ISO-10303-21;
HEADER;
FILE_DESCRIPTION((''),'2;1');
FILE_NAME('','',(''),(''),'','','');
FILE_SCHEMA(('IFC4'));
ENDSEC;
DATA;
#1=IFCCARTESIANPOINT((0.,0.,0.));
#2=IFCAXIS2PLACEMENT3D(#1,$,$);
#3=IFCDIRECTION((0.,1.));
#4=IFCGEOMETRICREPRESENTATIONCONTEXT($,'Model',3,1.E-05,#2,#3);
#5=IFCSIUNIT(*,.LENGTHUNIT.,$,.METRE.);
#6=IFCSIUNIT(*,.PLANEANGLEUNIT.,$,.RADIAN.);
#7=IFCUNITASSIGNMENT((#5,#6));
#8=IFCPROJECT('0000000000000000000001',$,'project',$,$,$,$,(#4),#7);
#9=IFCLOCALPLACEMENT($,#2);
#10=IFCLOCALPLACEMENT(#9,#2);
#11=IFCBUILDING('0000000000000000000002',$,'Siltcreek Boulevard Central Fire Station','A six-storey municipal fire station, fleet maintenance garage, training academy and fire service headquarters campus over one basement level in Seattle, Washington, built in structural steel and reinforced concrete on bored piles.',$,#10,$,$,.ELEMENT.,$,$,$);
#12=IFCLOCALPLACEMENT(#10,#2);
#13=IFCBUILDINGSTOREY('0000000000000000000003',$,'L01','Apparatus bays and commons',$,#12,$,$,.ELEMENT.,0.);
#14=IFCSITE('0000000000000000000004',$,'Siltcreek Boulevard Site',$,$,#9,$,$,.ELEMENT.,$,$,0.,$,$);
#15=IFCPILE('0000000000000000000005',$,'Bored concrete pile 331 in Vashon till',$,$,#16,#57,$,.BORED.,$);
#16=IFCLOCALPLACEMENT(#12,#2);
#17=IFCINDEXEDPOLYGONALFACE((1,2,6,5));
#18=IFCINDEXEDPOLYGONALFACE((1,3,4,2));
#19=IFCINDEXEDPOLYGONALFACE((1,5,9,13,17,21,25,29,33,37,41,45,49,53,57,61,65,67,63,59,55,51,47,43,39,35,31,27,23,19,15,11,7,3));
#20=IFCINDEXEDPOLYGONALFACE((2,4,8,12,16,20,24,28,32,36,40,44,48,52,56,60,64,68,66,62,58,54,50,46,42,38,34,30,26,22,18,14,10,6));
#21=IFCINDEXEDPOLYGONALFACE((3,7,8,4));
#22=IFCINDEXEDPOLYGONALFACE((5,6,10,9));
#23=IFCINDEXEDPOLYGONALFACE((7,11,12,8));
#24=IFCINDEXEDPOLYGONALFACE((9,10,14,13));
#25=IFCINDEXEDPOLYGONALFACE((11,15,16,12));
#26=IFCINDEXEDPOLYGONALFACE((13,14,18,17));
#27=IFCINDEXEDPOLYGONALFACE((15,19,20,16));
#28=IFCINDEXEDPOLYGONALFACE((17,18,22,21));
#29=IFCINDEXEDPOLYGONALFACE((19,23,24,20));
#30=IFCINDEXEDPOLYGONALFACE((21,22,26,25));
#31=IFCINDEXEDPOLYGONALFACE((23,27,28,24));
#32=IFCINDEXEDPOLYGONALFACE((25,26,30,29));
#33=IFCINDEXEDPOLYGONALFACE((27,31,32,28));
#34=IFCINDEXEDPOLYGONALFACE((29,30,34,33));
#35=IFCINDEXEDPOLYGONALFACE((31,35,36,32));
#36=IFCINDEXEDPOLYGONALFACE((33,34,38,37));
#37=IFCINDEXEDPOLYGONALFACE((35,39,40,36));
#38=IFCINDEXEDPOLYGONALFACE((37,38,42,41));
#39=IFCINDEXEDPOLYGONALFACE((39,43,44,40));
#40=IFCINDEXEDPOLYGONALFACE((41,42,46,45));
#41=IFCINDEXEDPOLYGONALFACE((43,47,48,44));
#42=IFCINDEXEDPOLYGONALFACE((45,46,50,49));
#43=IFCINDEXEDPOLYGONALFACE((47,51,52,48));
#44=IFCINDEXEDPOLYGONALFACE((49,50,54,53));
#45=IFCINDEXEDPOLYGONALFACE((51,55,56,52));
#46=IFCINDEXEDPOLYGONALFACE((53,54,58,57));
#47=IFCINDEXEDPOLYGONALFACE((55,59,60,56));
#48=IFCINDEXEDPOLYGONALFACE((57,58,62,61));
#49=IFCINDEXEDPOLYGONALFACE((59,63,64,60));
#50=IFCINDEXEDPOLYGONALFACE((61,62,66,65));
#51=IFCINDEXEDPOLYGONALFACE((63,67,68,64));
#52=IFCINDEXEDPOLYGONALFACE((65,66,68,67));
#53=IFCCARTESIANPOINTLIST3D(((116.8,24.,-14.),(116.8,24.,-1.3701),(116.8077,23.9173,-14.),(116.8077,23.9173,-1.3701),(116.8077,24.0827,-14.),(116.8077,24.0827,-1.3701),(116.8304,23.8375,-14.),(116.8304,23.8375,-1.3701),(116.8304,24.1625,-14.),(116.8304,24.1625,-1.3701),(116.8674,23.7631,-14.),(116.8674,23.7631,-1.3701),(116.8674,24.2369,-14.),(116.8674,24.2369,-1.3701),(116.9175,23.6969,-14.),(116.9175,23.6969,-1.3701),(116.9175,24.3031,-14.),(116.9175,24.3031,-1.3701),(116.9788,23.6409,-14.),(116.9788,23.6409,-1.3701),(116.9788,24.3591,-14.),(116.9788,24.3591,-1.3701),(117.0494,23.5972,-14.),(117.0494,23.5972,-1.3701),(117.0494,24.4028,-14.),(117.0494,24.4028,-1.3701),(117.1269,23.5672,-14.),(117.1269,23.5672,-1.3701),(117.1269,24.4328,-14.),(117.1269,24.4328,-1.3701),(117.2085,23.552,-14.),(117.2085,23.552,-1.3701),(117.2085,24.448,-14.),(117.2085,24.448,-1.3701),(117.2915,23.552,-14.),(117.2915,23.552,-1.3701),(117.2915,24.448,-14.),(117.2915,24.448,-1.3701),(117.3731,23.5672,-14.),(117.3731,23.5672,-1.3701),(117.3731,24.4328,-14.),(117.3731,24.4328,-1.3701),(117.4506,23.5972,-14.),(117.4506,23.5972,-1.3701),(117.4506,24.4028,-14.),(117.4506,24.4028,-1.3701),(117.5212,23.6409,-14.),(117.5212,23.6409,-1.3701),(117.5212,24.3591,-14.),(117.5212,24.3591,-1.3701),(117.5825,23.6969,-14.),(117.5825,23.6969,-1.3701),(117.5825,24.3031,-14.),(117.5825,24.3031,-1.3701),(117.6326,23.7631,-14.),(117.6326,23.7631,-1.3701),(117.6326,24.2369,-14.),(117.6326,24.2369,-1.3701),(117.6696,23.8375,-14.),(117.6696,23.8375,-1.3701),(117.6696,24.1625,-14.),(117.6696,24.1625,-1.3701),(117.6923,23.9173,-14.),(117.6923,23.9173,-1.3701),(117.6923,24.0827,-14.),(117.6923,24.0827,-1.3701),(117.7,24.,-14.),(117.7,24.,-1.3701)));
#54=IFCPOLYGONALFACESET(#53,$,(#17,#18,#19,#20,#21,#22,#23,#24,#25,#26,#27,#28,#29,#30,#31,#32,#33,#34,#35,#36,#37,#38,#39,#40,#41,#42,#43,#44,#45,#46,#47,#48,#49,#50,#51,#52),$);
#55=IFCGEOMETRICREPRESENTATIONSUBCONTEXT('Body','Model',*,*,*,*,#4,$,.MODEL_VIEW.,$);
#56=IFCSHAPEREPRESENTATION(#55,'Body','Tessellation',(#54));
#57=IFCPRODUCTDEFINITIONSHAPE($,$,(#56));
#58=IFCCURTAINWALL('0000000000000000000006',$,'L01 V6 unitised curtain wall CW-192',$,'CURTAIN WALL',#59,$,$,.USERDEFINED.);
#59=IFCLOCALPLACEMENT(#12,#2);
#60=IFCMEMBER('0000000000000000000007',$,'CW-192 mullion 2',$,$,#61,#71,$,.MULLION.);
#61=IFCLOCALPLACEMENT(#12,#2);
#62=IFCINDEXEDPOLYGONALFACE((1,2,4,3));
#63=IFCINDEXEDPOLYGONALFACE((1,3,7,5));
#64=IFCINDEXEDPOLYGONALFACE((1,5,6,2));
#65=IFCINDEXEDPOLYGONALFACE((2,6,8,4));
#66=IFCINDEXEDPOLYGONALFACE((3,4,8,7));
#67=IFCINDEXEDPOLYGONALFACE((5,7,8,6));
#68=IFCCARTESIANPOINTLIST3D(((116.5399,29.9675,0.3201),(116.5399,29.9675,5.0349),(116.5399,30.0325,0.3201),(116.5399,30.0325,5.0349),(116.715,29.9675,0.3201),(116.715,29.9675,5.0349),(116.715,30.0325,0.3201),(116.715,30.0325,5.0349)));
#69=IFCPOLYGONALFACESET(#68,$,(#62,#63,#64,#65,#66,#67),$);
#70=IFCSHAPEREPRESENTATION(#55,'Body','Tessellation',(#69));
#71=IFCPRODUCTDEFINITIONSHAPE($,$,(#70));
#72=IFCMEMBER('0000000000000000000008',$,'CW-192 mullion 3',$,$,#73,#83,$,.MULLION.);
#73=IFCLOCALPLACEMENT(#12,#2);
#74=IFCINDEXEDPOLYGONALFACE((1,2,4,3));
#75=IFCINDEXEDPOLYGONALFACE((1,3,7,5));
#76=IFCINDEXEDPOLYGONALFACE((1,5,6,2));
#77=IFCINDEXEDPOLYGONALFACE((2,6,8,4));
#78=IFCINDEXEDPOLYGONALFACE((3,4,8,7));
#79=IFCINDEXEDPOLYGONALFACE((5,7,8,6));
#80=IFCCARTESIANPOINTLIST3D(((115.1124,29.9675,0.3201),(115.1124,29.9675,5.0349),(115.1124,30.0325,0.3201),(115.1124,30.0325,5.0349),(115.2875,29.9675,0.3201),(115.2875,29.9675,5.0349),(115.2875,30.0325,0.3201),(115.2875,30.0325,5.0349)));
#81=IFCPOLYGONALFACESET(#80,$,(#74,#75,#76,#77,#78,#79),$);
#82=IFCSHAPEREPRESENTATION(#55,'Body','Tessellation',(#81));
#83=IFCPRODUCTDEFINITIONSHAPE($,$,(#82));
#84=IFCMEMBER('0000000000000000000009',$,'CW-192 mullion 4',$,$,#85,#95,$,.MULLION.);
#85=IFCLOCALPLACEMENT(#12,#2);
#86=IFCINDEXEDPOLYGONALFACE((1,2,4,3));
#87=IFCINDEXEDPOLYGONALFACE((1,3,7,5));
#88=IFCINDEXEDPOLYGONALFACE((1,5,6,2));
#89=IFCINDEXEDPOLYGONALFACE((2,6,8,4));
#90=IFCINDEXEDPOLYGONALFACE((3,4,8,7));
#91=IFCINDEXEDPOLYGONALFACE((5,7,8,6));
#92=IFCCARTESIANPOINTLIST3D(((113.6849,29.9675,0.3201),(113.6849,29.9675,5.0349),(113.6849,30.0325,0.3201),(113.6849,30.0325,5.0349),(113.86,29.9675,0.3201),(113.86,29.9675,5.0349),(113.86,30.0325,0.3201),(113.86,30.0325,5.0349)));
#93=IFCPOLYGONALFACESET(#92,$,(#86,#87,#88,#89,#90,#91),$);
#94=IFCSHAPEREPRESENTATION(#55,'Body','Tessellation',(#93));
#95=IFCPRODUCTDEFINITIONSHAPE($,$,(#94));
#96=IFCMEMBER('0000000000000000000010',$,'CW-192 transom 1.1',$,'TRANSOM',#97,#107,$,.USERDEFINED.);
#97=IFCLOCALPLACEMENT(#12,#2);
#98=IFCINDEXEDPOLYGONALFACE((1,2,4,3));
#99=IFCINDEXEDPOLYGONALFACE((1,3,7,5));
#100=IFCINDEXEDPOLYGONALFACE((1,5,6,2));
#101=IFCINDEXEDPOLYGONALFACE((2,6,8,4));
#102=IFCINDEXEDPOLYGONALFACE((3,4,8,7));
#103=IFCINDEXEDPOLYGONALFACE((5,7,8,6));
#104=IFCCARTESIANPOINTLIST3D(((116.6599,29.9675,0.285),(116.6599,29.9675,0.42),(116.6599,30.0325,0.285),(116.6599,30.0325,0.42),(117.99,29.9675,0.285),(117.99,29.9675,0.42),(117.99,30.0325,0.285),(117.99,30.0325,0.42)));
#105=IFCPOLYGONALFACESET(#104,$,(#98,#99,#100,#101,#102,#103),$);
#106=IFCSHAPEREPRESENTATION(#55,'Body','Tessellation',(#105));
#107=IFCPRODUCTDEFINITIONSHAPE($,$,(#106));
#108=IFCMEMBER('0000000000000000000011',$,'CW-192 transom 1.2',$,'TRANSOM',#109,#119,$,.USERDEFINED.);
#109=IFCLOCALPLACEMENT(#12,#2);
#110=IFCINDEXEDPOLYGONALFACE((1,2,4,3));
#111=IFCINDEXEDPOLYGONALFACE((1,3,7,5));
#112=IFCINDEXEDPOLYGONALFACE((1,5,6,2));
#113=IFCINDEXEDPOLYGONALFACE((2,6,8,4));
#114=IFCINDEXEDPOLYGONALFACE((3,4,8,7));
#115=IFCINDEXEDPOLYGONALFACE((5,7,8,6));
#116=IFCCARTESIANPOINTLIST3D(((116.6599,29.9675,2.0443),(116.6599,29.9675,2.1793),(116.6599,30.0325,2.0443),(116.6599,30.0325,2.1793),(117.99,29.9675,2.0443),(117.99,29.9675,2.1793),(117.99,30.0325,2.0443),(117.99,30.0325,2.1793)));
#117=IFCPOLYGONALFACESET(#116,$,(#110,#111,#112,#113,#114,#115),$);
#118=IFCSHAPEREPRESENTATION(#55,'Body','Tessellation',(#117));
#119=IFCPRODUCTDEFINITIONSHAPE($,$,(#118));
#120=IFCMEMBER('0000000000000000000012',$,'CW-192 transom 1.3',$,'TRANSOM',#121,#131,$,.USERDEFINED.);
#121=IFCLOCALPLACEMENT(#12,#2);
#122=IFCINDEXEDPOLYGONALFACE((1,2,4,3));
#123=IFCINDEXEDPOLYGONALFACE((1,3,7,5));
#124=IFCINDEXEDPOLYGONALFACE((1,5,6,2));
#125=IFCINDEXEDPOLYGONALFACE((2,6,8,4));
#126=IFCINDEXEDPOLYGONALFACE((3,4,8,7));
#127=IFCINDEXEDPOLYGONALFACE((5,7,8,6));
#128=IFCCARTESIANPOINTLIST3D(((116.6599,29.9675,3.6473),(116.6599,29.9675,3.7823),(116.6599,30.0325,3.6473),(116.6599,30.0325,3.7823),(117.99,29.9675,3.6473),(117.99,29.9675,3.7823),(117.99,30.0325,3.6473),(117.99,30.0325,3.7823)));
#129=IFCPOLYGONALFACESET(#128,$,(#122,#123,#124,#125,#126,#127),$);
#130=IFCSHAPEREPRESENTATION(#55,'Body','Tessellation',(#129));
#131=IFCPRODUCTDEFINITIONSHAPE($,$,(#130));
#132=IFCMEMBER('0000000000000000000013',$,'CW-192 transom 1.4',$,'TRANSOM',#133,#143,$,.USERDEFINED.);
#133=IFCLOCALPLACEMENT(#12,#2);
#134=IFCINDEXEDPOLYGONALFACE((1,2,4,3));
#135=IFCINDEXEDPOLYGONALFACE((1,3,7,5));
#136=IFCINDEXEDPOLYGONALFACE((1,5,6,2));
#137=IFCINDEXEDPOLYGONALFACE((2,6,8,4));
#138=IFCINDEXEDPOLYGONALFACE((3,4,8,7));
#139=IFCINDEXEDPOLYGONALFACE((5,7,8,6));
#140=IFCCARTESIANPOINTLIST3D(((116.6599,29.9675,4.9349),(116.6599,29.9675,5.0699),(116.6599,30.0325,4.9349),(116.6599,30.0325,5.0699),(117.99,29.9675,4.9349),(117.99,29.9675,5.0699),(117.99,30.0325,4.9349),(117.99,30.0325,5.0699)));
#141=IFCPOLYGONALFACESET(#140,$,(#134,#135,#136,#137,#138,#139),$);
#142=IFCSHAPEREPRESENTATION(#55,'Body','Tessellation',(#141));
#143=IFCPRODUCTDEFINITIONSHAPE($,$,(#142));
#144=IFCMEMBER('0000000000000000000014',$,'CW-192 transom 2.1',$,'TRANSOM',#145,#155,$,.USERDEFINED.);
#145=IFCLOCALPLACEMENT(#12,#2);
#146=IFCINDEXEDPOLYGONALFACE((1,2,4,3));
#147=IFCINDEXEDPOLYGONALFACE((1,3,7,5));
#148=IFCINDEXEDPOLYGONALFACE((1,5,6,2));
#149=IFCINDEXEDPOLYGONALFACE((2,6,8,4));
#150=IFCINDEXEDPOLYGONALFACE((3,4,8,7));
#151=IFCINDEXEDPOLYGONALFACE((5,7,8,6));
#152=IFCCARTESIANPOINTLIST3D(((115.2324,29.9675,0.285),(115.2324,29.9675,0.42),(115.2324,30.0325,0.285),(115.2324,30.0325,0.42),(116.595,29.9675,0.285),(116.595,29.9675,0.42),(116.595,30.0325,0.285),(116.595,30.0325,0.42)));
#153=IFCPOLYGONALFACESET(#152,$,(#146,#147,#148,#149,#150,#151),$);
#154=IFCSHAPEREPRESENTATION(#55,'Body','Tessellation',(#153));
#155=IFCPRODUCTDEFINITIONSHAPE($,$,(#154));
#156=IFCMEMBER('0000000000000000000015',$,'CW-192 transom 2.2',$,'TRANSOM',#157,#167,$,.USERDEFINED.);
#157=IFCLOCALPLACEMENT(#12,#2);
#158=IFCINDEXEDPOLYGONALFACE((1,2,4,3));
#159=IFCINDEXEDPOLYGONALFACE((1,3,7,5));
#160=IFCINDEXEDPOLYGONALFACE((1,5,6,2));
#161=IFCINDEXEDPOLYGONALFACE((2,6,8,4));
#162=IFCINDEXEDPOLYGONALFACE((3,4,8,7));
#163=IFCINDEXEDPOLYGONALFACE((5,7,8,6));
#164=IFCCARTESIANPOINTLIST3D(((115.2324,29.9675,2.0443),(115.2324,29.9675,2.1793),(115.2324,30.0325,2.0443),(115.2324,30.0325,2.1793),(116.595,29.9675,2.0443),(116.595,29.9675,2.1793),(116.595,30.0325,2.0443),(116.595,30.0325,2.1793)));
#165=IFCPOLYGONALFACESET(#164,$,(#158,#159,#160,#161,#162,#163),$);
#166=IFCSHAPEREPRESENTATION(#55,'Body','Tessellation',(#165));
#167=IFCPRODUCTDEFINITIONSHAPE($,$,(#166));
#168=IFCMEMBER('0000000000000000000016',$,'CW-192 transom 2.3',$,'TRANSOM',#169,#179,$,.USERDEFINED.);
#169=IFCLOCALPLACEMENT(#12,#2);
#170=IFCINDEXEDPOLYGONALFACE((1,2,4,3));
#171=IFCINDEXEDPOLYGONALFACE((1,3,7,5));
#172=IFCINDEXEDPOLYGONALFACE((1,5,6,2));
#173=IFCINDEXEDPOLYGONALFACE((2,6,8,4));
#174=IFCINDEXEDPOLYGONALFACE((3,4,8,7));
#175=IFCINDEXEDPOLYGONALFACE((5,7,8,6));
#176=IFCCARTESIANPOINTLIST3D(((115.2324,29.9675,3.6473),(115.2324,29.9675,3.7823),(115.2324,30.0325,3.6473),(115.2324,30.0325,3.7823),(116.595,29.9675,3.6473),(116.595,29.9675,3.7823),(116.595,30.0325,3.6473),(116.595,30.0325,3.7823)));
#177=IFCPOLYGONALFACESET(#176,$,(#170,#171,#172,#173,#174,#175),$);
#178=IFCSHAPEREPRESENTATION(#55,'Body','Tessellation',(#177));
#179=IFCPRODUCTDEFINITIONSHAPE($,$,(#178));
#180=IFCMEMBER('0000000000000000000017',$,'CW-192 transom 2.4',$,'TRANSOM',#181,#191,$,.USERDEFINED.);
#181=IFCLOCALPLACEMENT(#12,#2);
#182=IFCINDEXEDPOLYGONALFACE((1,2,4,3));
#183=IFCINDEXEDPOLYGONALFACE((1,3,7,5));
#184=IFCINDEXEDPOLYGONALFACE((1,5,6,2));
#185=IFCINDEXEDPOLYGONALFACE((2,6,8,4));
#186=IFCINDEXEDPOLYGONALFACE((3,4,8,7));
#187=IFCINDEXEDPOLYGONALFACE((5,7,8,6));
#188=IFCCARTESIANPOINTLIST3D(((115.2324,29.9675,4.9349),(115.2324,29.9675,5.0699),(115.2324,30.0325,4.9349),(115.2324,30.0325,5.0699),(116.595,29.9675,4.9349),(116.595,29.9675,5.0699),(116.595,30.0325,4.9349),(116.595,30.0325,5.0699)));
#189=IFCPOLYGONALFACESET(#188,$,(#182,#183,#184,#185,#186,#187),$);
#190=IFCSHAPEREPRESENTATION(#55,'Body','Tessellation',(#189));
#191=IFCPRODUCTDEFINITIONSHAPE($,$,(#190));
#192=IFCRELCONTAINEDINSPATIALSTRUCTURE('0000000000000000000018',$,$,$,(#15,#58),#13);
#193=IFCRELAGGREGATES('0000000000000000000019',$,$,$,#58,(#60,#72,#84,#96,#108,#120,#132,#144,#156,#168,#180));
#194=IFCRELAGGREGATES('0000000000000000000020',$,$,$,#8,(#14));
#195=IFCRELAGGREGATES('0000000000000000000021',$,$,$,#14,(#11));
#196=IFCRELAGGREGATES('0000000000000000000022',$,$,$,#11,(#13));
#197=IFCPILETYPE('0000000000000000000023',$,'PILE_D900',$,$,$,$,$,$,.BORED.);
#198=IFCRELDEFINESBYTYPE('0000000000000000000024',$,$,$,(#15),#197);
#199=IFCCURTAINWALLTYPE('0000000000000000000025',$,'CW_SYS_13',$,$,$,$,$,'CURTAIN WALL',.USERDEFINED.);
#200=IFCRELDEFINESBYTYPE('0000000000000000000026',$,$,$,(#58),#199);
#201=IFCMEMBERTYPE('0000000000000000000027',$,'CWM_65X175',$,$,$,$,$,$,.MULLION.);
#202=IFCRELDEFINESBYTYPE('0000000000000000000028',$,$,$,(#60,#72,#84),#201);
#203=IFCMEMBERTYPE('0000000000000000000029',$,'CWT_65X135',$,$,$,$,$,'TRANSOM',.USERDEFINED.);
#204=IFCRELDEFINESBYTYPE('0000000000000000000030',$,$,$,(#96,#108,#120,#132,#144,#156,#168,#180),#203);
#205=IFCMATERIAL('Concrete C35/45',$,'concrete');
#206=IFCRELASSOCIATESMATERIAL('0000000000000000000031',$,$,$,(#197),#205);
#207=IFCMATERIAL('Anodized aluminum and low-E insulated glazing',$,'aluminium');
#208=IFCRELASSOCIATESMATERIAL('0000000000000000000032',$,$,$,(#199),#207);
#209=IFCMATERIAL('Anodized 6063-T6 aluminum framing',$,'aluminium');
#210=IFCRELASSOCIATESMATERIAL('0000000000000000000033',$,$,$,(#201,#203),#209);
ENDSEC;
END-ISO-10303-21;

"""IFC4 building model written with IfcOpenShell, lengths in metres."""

from ifc_helpers import new_model, si_unit, direction, frame, origin, origin_2d, place, context, subcontext, project, spatial, rectangle, circle, extrude, material, material_profile, profile_set, type_object, element, aggregate, save


model = new_model("IFC4")

# Units and contexts
model_context = context("Model", 3, precision=1e-05, world=origin(), true_north=direction((0.0, 1.0)))
body_context = subcontext(model_context, "Body", "Model", "MODEL_VIEW")
ifc_project = project(units=[si_unit("LENGTHUNIT", "METRE"), si_unit("PLANEANGLEUNIT", "RADIAN")], contexts=[model_context])

# Site, building, storey
site_placement = place(None, origin())
site = spatial("IfcSite", under=ifc_project, at=site_placement, Name="Siltcreek Boulevard Site", CompositionType="ELEMENT", RefElevation=0.0)
building_placement = place(site_placement, origin())
building = spatial("IfcBuilding", under=site, at=building_placement, Name="Siltcreek Boulevard Central Fire Station", Description="A six-storey municipal fire station, fleet maintenance garage, training academy and fire service headquarters campus over one basement level in Seattle, Washington, built in structural steel and reinforced concrete on bored piles.", CompositionType="ELEMENT")
storey_placement = place(building_placement, origin())
storey = spatial("IfcBuildingStorey", under=building, at=storey_placement, Name="L01", Description="Apparatus bays and commons", CompositionType="ELEMENT", Elevation=0.0)

# Pile
ifc_material_1 = material(Name="Concrete C35/45", Category="concrete")
ifc_material_profile_1 = material_profile(ifc_material_1, circle(Radius=0.45, at=origin_2d()), Name="SHAFT900")
ifc_profile_set_1 = profile_set([ifc_material_profile_1], Name="Concrete C35/45")
pile_type = type_object("IfcPileType", Name="PILE_D900", PredefinedType="BORED", material=ifc_profile_set_1)
pile_placement = place(storey_placement, frame((117.25, 24.0, -1.3701), z_axis=(0.0, 0.0, -1.0), x_axis=(1.0, 0.0, 0.0)))
element("IfcPile", 1, at=pile_placement, inside=storey, type_object=pile_type, Name="Bored concrete pile 331 in Vashon till", PredefinedType="BORED", context=body_context, shape_type="SweptSolid", body=[
    extrude(circle(Radius=0.45, at=origin_2d()), origin(), (0.0, 0.0, 1.0), 12.6299),
])

# Curtain wall, members
ifc_material_2 = material(Name="Anodized aluminum and low-E insulated glazing", Category="aluminium")
curtain_wall_type = type_object("IfcCurtainWallType", Name="CW_SYS_13", ElementType="CURTAIN WALL", PredefinedType="USERDEFINED", material=ifc_material_2)
curtain_wall_placement = place(storey_placement, origin())
curtain_wall = element("IfcCurtainWall", 2, at=curtain_wall_placement, inside=storey, type_object=curtain_wall_type, Name="L01 V6 unitised curtain wall CW-192", ObjectType="CURTAIN WALL", PredefinedType="USERDEFINED")
ifc_material_3 = material(Name="Anodized 6063-T6 aluminum framing", Category="aluminium")
ifc_material_profile_2 = material_profile(ifc_material_3, rectangle(XDim=0.0649, YDim=0.175, at=origin_2d()), Name="MULL65X175")
ifc_profile_set_2 = profile_set([ifc_material_profile_2], Name="Anodized 6063-T6 aluminum framing")
member_type_1 = type_object("IfcMemberType", Name="CWM_65X175", PredefinedType="MULLION", material=ifc_profile_set_2)
member_1_placement = place(storey_placement, frame((116.6274, 30.0, 0.3201), z_axis=(0.0, 0.0, 1.0), x_axis=(0.0, -1.0, 0.0)))
member_1 = element("IfcMember", 3, at=member_1_placement, type_object=member_type_1, Name="CW-192 mullion 2", PredefinedType="MULLION", context=body_context, shape_type="SweptSolid", body=[
    extrude(rectangle(XDim=0.0649, YDim=0.175, at=origin_2d()), origin(), (0.0, 0.0, 1.0), 4.7148),
])
member_2_placement = place(storey_placement, frame((115.2, 30.0, 0.3201), z_axis=(0.0, 0.0, 1.0), x_axis=(0.0, -1.0, 0.0)))
member_2 = element("IfcMember", 4, at=member_2_placement, type_object=member_type_1, Name="CW-192 mullion 3", PredefinedType="MULLION", context=body_context, shape_type="SweptSolid", body=[
    extrude(rectangle(XDim=0.0649, YDim=0.175, at=origin_2d()), origin(), (0.0, 0.0, 1.0), 4.7148),
])
member_3_placement = place(storey_placement, frame((113.7725, 30.0, 0.3201), z_axis=(0.0, 0.0, 1.0), x_axis=(0.0, -1.0, 0.0)))
member_3 = element("IfcMember", 5, at=member_3_placement, type_object=member_type_1, Name="CW-192 mullion 4", PredefinedType="MULLION", context=body_context, shape_type="SweptSolid", body=[
    extrude(rectangle(XDim=0.0649, YDim=0.175, at=origin_2d()), origin(), (0.0, 0.0, 1.0), 4.7148),
])
ifc_material_profile_3 = material_profile(ifc_material_3, rectangle(XDim=0.0649, YDim=0.135, at=origin_2d()), Name="TRAN65X135")
ifc_profile_set_3 = profile_set([ifc_material_profile_3], Name="Anodized 6063-T6 aluminum framing")
member_type_2 = type_object("IfcMemberType", Name="CWT_65X135", ElementType="TRANSOM", PredefinedType="USERDEFINED", material=ifc_profile_set_3)
member_4_placement = place(storey_placement, frame((117.99, 30.0, 0.3525), z_axis=(-1.0, 0.0, 0.0), x_axis=(0.0, -1.0, 0.0)))
member_4 = element("IfcMember", 6, at=member_4_placement, type_object=member_type_2, Name="CW-192 transom 1.1", ObjectType="TRANSOM", PredefinedType="USERDEFINED", context=body_context, shape_type="SweptSolid", body=[
    extrude(rectangle(XDim=0.0649, YDim=0.135, at=origin_2d()), origin(), (0.0, 0.0, 1.0), 1.3301),
])
member_5_placement = place(storey_placement, frame((117.99, 30.0, 2.1118), z_axis=(-1.0, 0.0, 0.0), x_axis=(0.0, -1.0, 0.0)))
member_5 = element("IfcMember", 7, at=member_5_placement, type_object=member_type_2, Name="CW-192 transom 1.2", ObjectType="TRANSOM", PredefinedType="USERDEFINED", context=body_context, shape_type="SweptSolid", body=[
    extrude(rectangle(XDim=0.0649, YDim=0.135, at=origin_2d()), origin(), (0.0, 0.0, 1.0), 1.3301),
])
member_6_placement = place(storey_placement, frame((117.99, 30.0, 3.7148), z_axis=(-1.0, 0.0, 0.0), x_axis=(0.0, -1.0, 0.0)))
member_6 = element("IfcMember", 8, at=member_6_placement, type_object=member_type_2, Name="CW-192 transom 1.3", ObjectType="TRANSOM", PredefinedType="USERDEFINED", context=body_context, shape_type="SweptSolid", body=[
    extrude(rectangle(XDim=0.0649, YDim=0.135, at=origin_2d()), origin(), (0.0, 0.0, 1.0), 1.3301),
])
member_7_placement = place(storey_placement, frame((117.99, 30.0, 5.0024), z_axis=(-1.0, 0.0, 0.0), x_axis=(0.0, -1.0, 0.0)))
member_7 = element("IfcMember", 9, at=member_7_placement, type_object=member_type_2, Name="CW-192 transom 1.4", ObjectType="TRANSOM", PredefinedType="USERDEFINED", context=body_context, shape_type="SweptSolid", body=[
    extrude(rectangle(XDim=0.0649, YDim=0.135, at=origin_2d()), origin(), (0.0, 0.0, 1.0), 1.3301),
])
member_8_placement = place(storey_placement, frame((116.595, 30.0, 0.3525), z_axis=(-1.0, 0.0, 0.0), x_axis=(0.0, -1.0, 0.0)))
member_8 = element("IfcMember", 10, at=member_8_placement, type_object=member_type_2, Name="CW-192 transom 2.1", ObjectType="TRANSOM", PredefinedType="USERDEFINED", context=body_context, shape_type="SweptSolid", body=[
    extrude(rectangle(XDim=0.0649, YDim=0.135, at=origin_2d()), origin(), (0.0, 0.0, 1.0), 1.3625),
])
member_9_placement = place(storey_placement, frame((116.595, 30.0, 2.1118), z_axis=(-1.0, 0.0, 0.0), x_axis=(0.0, -1.0, 0.0)))
member_9 = element("IfcMember", 11, at=member_9_placement, type_object=member_type_2, Name="CW-192 transom 2.2", ObjectType="TRANSOM", PredefinedType="USERDEFINED", context=body_context, shape_type="SweptSolid", body=[
    extrude(rectangle(XDim=0.0649, YDim=0.135, at=origin_2d()), origin(), (0.0, 0.0, 1.0), 1.3625),
])
member_10_placement = place(storey_placement, frame((116.595, 30.0, 3.7148), z_axis=(-1.0, 0.0, 0.0), x_axis=(0.0, -1.0, 0.0)))
member_10 = element("IfcMember", 12, at=member_10_placement, type_object=member_type_2, Name="CW-192 transom 2.3", ObjectType="TRANSOM", PredefinedType="USERDEFINED", context=body_context, shape_type="SweptSolid", body=[
    extrude(rectangle(XDim=0.0649, YDim=0.135, at=origin_2d()), origin(), (0.0, 0.0, 1.0), 1.3625),
])
member_11_placement = place(storey_placement, frame((116.595, 30.0, 5.0024), z_axis=(-1.0, 0.0, 0.0), x_axis=(0.0, -1.0, 0.0)))
member_11 = element("IfcMember", 13, at=member_11_placement, type_object=member_type_2, Name="CW-192 transom 2.4", ObjectType="TRANSOM", PredefinedType="USERDEFINED", context=body_context, shape_type="SweptSolid", body=[
    extrude(rectangle(XDim=0.0649, YDim=0.135, at=origin_2d()), origin(), (0.0, 0.0, 1.0), 1.3625),
])

aggregate(curtain_wall, [member_1, member_2, member_3, member_4, member_5, member_6, member_7, member_8, member_9, member_10, member_11])

save(model, "model.ifc")
